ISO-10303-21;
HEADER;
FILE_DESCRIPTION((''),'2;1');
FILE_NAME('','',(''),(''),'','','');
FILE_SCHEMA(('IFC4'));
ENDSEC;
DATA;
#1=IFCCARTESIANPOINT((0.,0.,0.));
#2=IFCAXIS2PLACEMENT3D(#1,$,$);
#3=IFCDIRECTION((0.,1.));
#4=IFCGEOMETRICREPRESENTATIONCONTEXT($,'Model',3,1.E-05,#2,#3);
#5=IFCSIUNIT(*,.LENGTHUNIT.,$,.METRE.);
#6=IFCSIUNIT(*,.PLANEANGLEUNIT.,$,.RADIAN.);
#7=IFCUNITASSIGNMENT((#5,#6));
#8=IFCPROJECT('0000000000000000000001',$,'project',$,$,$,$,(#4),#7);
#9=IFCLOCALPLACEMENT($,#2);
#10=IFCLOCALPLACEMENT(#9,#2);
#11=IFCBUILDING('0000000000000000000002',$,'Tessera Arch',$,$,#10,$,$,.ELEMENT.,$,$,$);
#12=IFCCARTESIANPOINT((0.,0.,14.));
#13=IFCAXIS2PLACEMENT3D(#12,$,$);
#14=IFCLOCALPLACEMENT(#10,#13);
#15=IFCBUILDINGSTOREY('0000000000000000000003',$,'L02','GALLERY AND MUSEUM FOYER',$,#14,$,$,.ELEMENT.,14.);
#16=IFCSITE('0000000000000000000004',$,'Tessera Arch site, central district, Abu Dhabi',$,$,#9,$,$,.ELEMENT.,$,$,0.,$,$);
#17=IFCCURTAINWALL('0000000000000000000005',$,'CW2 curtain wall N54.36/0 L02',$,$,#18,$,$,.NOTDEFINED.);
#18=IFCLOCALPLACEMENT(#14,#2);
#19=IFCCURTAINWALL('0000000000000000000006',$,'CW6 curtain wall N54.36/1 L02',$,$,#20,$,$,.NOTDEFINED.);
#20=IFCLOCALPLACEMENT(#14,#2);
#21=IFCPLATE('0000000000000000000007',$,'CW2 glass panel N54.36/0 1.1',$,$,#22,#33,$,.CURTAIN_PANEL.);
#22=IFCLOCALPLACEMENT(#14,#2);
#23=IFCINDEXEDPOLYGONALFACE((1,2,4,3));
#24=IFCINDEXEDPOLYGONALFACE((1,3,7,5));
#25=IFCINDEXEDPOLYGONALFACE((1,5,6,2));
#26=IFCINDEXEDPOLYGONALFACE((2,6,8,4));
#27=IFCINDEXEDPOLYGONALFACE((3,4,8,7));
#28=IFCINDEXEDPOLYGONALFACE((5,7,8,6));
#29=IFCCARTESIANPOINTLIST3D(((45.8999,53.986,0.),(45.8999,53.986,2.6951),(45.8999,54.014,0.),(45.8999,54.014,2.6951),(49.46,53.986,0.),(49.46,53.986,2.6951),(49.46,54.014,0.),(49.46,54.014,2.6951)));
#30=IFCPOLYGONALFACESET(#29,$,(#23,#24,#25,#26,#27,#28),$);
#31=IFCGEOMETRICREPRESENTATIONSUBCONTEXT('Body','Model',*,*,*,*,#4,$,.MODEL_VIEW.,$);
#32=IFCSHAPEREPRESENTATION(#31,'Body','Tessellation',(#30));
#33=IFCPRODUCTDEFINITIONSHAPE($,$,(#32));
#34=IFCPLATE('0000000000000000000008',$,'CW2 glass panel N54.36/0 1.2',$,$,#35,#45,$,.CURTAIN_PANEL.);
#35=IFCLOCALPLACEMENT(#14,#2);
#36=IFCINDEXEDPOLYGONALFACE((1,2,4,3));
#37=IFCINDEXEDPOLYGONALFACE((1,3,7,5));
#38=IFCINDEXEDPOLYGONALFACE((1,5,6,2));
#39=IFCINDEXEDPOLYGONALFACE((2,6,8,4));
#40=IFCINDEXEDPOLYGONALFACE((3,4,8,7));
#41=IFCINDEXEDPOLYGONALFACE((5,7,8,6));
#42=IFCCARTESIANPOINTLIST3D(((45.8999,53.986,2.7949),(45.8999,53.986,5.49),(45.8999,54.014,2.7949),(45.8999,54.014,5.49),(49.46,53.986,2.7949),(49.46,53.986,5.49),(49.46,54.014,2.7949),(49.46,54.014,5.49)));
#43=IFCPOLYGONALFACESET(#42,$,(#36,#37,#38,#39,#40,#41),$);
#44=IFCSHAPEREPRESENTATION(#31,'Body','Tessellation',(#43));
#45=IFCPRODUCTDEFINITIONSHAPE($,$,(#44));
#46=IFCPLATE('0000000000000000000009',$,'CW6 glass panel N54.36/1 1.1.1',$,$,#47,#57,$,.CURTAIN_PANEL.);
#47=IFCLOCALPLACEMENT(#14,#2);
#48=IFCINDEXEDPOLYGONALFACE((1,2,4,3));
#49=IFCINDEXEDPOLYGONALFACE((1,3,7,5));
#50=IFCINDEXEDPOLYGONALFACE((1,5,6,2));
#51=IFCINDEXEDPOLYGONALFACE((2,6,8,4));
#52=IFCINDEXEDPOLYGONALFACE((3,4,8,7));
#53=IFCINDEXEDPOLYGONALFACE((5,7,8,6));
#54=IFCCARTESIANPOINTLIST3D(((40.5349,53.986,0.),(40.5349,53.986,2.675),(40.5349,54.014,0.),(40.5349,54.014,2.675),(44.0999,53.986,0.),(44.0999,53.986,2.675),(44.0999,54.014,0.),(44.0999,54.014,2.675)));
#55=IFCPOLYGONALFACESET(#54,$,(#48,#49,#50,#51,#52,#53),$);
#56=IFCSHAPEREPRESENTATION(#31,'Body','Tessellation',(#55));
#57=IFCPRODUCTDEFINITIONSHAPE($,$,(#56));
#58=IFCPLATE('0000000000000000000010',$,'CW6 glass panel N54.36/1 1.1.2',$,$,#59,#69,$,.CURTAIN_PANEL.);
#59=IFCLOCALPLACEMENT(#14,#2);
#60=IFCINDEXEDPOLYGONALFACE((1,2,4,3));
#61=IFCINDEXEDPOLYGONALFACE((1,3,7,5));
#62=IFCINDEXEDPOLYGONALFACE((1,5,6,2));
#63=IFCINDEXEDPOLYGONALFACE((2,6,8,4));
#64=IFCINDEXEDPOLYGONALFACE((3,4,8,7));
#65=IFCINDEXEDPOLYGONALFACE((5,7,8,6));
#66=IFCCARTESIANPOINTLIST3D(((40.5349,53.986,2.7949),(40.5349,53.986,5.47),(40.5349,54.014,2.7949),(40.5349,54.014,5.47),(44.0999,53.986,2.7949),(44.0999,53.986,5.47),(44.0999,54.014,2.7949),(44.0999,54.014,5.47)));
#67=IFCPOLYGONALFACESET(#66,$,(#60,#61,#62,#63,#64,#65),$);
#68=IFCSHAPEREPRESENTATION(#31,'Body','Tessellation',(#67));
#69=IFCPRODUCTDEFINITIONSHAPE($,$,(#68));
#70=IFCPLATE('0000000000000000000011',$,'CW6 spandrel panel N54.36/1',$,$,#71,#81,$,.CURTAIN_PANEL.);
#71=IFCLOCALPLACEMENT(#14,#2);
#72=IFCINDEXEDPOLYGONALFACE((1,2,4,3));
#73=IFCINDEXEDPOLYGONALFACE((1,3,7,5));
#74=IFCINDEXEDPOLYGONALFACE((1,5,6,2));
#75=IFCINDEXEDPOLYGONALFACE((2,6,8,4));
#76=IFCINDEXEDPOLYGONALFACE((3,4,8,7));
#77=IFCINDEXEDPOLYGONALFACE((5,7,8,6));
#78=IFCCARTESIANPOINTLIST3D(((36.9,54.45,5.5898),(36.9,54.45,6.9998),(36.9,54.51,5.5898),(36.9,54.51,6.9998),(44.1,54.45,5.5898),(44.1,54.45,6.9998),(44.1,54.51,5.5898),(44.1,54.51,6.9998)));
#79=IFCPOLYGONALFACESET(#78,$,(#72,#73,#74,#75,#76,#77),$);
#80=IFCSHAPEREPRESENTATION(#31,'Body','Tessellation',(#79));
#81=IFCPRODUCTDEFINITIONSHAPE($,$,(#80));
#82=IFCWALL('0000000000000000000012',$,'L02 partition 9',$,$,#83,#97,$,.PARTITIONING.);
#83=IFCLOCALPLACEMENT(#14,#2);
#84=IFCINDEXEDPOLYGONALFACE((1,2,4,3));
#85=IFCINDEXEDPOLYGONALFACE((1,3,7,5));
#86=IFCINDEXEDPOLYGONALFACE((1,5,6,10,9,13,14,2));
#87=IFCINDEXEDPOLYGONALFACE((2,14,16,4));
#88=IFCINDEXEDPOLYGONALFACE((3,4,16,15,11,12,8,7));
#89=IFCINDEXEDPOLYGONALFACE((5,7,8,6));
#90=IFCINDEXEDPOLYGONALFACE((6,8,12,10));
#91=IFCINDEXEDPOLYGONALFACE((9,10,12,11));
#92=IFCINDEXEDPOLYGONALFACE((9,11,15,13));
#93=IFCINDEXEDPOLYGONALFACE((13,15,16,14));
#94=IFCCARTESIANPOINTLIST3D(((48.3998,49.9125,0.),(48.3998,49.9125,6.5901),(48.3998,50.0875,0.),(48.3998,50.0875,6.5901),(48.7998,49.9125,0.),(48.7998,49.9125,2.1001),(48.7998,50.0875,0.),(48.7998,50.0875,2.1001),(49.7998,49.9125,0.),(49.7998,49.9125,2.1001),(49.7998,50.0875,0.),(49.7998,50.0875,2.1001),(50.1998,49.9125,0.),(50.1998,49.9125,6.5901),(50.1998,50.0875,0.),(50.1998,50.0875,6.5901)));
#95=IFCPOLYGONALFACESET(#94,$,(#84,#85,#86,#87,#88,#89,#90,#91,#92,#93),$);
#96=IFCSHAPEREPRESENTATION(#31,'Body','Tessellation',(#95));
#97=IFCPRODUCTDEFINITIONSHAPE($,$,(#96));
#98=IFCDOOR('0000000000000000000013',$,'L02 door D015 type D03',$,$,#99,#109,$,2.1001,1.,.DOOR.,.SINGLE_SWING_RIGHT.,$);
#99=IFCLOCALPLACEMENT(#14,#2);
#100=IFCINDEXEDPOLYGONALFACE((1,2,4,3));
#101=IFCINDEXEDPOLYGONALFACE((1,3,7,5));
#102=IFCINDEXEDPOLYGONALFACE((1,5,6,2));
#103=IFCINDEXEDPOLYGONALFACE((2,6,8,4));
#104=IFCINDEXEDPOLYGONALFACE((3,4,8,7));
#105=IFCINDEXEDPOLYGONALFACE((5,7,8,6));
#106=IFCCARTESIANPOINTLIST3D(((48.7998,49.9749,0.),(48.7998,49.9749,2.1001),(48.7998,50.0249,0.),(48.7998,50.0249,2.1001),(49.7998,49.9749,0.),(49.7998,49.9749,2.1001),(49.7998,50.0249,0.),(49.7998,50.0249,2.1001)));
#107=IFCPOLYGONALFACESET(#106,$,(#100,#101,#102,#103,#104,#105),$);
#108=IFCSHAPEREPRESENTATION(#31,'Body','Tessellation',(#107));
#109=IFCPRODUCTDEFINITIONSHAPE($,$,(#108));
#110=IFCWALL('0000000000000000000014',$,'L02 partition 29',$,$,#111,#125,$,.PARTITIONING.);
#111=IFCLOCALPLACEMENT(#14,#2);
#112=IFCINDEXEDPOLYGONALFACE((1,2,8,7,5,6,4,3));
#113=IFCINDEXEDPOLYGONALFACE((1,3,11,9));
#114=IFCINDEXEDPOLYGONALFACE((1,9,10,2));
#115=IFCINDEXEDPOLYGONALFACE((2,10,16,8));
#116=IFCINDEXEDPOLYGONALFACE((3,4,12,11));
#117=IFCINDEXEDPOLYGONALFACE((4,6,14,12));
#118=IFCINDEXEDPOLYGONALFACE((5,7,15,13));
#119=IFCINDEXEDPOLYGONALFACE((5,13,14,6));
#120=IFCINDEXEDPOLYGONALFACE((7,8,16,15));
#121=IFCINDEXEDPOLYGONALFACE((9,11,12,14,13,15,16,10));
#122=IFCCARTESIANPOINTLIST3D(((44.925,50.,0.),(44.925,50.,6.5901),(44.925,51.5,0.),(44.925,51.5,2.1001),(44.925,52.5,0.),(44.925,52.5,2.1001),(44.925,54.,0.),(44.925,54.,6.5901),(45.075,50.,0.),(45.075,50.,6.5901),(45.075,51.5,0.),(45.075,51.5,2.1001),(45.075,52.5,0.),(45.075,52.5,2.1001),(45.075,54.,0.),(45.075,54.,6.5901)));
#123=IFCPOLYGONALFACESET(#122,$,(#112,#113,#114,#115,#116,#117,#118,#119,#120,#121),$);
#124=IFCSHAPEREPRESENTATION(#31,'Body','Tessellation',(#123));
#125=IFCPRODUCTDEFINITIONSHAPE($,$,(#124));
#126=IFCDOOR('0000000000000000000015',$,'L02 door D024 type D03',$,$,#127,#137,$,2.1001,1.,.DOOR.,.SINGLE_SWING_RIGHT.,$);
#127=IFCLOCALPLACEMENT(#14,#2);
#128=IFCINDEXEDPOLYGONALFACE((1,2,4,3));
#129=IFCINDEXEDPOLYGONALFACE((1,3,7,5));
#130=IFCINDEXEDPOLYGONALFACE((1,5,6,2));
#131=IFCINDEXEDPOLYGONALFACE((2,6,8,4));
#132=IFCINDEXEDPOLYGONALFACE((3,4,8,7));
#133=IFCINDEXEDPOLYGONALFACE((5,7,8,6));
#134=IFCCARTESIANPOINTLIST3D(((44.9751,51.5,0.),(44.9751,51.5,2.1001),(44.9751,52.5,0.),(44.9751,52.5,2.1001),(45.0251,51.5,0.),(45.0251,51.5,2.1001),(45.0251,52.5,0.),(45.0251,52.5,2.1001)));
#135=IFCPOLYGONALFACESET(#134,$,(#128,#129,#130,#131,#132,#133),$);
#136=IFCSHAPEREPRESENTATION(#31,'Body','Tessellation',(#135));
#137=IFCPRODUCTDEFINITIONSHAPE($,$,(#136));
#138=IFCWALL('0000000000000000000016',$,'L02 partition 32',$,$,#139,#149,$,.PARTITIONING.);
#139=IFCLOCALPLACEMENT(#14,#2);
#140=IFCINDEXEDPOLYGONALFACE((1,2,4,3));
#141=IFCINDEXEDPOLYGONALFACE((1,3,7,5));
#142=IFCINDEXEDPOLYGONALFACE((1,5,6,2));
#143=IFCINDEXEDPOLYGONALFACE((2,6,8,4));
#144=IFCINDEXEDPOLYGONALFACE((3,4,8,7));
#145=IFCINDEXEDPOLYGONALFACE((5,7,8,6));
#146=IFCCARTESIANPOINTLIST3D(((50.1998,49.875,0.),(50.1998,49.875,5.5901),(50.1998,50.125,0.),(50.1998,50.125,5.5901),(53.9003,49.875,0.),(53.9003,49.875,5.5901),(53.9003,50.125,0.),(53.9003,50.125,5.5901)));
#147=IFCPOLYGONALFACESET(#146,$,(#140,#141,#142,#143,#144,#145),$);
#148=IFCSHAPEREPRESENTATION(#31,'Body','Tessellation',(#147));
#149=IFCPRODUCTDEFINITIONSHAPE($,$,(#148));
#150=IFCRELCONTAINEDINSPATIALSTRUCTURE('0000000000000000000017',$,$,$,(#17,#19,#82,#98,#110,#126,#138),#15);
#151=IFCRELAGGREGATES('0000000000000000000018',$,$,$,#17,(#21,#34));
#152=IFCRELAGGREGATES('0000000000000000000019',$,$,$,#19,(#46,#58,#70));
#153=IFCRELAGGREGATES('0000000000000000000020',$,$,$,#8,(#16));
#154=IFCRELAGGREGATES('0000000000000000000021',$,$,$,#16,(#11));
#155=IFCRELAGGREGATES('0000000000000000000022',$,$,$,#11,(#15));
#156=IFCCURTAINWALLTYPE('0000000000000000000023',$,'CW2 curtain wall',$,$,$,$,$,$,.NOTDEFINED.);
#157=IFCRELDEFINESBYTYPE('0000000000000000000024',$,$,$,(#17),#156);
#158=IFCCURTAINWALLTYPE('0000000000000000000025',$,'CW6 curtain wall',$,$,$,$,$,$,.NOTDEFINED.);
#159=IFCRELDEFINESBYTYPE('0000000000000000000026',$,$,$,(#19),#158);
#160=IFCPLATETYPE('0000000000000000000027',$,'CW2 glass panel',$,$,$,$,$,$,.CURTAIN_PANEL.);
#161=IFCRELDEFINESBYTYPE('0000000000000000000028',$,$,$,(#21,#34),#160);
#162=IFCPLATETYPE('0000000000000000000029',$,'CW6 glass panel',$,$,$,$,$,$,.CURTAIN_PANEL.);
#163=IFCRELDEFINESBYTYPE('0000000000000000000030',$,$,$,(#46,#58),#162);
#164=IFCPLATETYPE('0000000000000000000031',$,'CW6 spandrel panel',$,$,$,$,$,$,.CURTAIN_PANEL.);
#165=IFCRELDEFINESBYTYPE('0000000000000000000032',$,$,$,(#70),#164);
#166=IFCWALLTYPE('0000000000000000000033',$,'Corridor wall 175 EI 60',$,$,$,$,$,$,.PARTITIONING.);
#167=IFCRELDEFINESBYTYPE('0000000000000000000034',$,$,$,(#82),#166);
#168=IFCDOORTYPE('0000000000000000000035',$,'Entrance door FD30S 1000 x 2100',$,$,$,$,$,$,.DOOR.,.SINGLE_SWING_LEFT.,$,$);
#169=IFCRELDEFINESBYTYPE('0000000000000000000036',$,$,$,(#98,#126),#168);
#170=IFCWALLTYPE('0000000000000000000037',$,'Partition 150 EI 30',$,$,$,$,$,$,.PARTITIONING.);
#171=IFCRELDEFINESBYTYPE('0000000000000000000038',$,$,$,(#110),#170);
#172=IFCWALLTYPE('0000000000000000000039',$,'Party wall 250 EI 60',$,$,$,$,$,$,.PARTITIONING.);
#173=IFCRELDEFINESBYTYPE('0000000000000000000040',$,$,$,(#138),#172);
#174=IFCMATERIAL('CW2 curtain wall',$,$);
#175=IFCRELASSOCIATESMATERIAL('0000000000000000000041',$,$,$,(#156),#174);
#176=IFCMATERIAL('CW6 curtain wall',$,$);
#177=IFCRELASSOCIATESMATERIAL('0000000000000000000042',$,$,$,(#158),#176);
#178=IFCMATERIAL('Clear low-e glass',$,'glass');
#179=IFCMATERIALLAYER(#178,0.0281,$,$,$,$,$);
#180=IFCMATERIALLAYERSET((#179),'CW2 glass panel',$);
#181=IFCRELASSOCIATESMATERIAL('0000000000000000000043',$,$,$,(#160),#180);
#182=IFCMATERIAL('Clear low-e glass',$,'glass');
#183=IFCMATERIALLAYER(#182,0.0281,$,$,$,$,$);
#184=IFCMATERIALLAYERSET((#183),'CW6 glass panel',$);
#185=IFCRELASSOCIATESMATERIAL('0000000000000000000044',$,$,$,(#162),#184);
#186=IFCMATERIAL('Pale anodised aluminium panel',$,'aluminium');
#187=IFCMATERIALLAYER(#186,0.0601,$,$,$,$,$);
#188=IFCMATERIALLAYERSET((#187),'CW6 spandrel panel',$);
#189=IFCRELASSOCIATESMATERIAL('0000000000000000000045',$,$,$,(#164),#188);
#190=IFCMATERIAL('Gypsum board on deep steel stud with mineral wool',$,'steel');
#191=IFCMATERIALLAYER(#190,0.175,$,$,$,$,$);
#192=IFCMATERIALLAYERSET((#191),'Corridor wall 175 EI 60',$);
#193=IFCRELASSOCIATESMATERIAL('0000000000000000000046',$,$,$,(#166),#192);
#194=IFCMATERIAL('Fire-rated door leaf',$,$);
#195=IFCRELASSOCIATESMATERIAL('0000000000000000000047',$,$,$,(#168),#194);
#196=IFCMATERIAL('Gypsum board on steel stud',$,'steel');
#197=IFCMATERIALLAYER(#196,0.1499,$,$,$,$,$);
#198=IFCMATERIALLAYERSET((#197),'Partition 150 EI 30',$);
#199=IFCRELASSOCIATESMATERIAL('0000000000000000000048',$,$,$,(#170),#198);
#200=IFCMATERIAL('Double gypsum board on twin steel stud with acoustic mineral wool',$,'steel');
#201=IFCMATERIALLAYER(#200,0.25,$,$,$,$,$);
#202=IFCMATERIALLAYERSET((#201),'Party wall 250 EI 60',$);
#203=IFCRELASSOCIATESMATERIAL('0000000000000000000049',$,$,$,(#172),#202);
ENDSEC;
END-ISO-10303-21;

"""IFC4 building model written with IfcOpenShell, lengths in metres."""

from ifc_helpers import new_model, si_unit, direction, frame, frame_2d, origin, origin_2d, place, context, subcontext, project, spatial, rectangle, extrude, material, layer, layer_set, type_object, element, fill, aggregate, save


model = new_model("IFC4")

# Units and contexts
model_context = context("Model", 3, precision=1e-05, world=origin(), true_north=direction((0.0, 1.0)))
body_context = subcontext(model_context, "Body", "Model", "MODEL_VIEW")
ifc_project = project(units=[si_unit("LENGTHUNIT", "METRE"), si_unit("PLANEANGLEUNIT", "RADIAN")], contexts=[model_context])

# Site, building, storey
site_placement = place(None, origin())
site = spatial("IfcSite", under=ifc_project, at=site_placement, Name="Tessera Arch site, central district, Abu Dhabi", CompositionType="ELEMENT", RefElevation=0.0)
building_placement = place(site_placement, origin())
building = spatial("IfcBuilding", under=site, at=building_placement, Name="Tessera Arch", CompositionType="ELEMENT")
storey_placement = place(building_placement, frame((0.0, 0.0, 14.0)))
storey = spatial("IfcBuildingStorey", under=building, at=storey_placement, Name="L02", Description="GALLERY AND MUSEUM FOYER", CompositionType="ELEMENT", Elevation=14.0)

# Curtain wall
ifc_material_1 = material(Name="CW2 curtain wall")
curtain_wall_type_1 = type_object("IfcCurtainWallType", Name="CW2 curtain wall", PredefinedType="NOTDEFINED", material=ifc_material_1)
curtain_wall_1_placement = place(storey_placement, origin())
curtain_wall_1 = element("IfcCurtainWall", 1, at=curtain_wall_1_placement, inside=storey, type_object=curtain_wall_type_1, Name="CW2 curtain wall N54.36/0 L02", PredefinedType="NOTDEFINED")

# Curtain wall
ifc_material_2 = material(Name="CW6 curtain wall")
curtain_wall_type_2 = type_object("IfcCurtainWallType", Name="CW6 curtain wall", PredefinedType="NOTDEFINED", material=ifc_material_2)
curtain_wall_2_placement = place(storey_placement, origin())
curtain_wall_2 = element("IfcCurtainWall", 2, at=curtain_wall_2_placement, inside=storey, type_object=curtain_wall_type_2, Name="CW6 curtain wall N54.36/1 L02", PredefinedType="NOTDEFINED")

# Plates
ifc_material_3 = material(Name="Clear low-e glass", Category="glass")
ifc_layer_1 = layer(ifc_material_3, 0.0281)
ifc_layer_set_1 = layer_set([ifc_layer_1], Name="CW2 glass panel")
plate_type_1 = type_object("IfcPlateType", Name="CW2 glass panel", PredefinedType="CURTAIN_PANEL", material=ifc_layer_set_1)
plate_1_placement = place(storey_placement, frame((47.6799, 54.0, 0.0), z_axis=(0.0, 0.0, 1.0), x_axis=(-1.0, 0.0, 0.0)))
plate_1 = element("IfcPlate", 3, at=plate_1_placement, type_object=plate_type_1, Name="CW2 glass panel N54.36/0 1.1", PredefinedType="CURTAIN_PANEL", context=body_context, shape_type="SweptSolid", body=[
    extrude(rectangle(XDim=3.5601, YDim=0.0281, at=origin_2d()), origin(), (0.0, 0.0, 1.0), 2.6951),
])
plate_2_placement = place(storey_placement, frame((47.6799, 54.0, 2.7949), z_axis=(0.0, 0.0, 1.0), x_axis=(-1.0, 0.0, 0.0)))
plate_2 = element("IfcPlate", 4, at=plate_2_placement, type_object=plate_type_1, Name="CW2 glass panel N54.36/0 1.2", PredefinedType="CURTAIN_PANEL", context=body_context, shape_type="SweptSolid", body=[
    extrude(rectangle(XDim=3.5601, YDim=0.0281, at=origin_2d()), origin(), (0.0, 0.0, 1.0), 2.6951),
])
aggregate(curtain_wall_1, [plate_1, plate_2])
ifc_material_4 = material(Name="Clear low-e glass", Category="glass")
ifc_layer_2 = layer(ifc_material_4, 0.0281)
ifc_layer_set_2 = layer_set([ifc_layer_2], Name="CW6 glass panel")
plate_type_2 = type_object("IfcPlateType", Name="CW6 glass panel", PredefinedType="CURTAIN_PANEL", material=ifc_layer_set_2)
plate_3_placement = place(storey_placement, frame((42.3174, 54.0, 0.0), z_axis=(0.0, 0.0, 1.0), x_axis=(-1.0, 0.0, 0.0)))
plate_3 = element("IfcPlate", 5, at=plate_3_placement, type_object=plate_type_2, Name="CW6 glass panel N54.36/1 1.1.1", PredefinedType="CURTAIN_PANEL", context=body_context, shape_type="SweptSolid", body=[
    extrude(rectangle(XDim=3.5649, YDim=0.0281, at=origin_2d()), origin(), (0.0, 0.0, 1.0), 2.675),
])
plate_4_placement = place(storey_placement, frame((42.3174, 54.0, 2.7949), z_axis=(0.0, 0.0, 1.0), x_axis=(-1.0, 0.0, 0.0)))
plate_4 = element("IfcPlate", 6, at=plate_4_placement, type_object=plate_type_2, Name="CW6 glass panel N54.36/1 1.1.2", PredefinedType="CURTAIN_PANEL", context=body_context, shape_type="SweptSolid", body=[
    extrude(rectangle(XDim=3.5649, YDim=0.0281, at=origin_2d()), origin(), (0.0, 0.0, 1.0), 2.675),
])
ifc_material_5 = material(Name="Pale anodised aluminium panel", Category="aluminium")
ifc_layer_3 = layer(ifc_material_5, 0.0601)
ifc_layer_set_3 = layer_set([ifc_layer_3], Name="CW6 spandrel panel")
plate_type_3 = type_object("IfcPlateType", Name="CW6 spandrel panel", PredefinedType="CURTAIN_PANEL", material=ifc_layer_set_3)
plate_5_placement = place(storey_placement, frame((40.5, 54.48, 5.5898), z_axis=(0.0, 0.0, 1.0), x_axis=(-1.0, 0.0, 0.0)))
plate_5 = element("IfcPlate", 7, at=plate_5_placement, type_object=plate_type_3, Name="CW6 spandrel panel N54.36/1", PredefinedType="CURTAIN_PANEL", context=body_context, shape_type="SweptSolid", body=[
    extrude(rectangle(XDim=7.2, YDim=0.0601, at=origin_2d()), origin(), (0.0, 0.0, 1.0), 1.4099),
])
aggregate(curtain_wall_2, [plate_3, plate_4, plate_5])

# Walls, openings, doors
ifc_material_6 = material(Name="Gypsum board on deep steel stud with mineral wool", Category="steel")
ifc_layer_4 = layer(ifc_material_6, 0.175)
ifc_layer_set_4 = layer_set([ifc_layer_4], Name="Corridor wall 175 EI 60")
wall_type_1 = type_object("IfcWallType", Name="Corridor wall 175 EI 60", PredefinedType="PARTITIONING", material=ifc_layer_set_4)
wall_1_placement = place(storey_placement, frame((48.3999, 50.0, 0.0), z_axis=(0.0, 0.0, 1.0), x_axis=(1.0, 0.0, 0.0)))
wall_1 = element("IfcWall", 8, at=wall_1_placement, inside=storey, type_object=wall_type_1, Name="L02 partition 9", PredefinedType="PARTITIONING", context=body_context, shape_type="SweptSolid", body=[
    extrude(rectangle(XDim=1.8, YDim=0.175, at=frame_2d((0.8999, 0.0))), origin(), (0.0, 0.0, 1.0), 6.5901),
])
opening_1_placement = place(wall_1_placement, frame((0.3999, 0.0, 0.0)))
opening_1 = element("IfcOpeningElement", 9, at=opening_1_placement, cuts=wall_1, PredefinedType="OPENING", context=body_context, shape_type="SweptSolid", body=[
    extrude(rectangle(XDim=1.0, YDim=2.1001, at=frame_2d((0.5, 1.05))), frame((0.0, 0.0974, 0.0), z_axis=(0.0, -1.0, 0.0), x_axis=(1.0, 0.0, 0.0)), (0.0, 0.0, 1.0), 0.1951),
])
ifc_material_7 = material(Name="Fire-rated door leaf")
door_type = type_object("IfcDoorType", Name="Entrance door FD30S 1000 x 2100", OperationType="SINGLE_SWING_LEFT", PredefinedType="DOOR", material=ifc_material_7)
door_1_placement = place(opening_1_placement, origin())
door_1 = element("IfcDoor", 10, at=door_1_placement, inside=storey, type_object=door_type, Name="L02 door D015 type D03", OperationType="SINGLE_SWING_RIGHT", OverallHeight=2.1001, OverallWidth=1.0, PredefinedType="DOOR", context=body_context, shape_type="SweptSolid", body=[
    extrude(rectangle(XDim=1.0, YDim=2.1001, at=frame_2d((0.5, 1.05))), frame((0.0, 0.0249, 0.0), z_axis=(0.0, -1.0, 0.0), x_axis=(1.0, 0.0, 0.0)), (0.0, 0.0, 1.0), 0.05),
])
fill(opening_1, door_1)
ifc_material_8 = material(Name="Gypsum board on steel stud", Category="steel")
ifc_layer_5 = layer(ifc_material_8, 0.1499)
ifc_layer_set_5 = layer_set([ifc_layer_5], Name="Partition 150 EI 30")
wall_type_2 = type_object("IfcWallType", Name="Partition 150 EI 30", PredefinedType="PARTITIONING", material=ifc_layer_set_5)
wall_2_placement = place(storey_placement, frame((45.0, 50.0, 0.0), z_axis=(0.0, 0.0, 1.0), x_axis=(0.0, 1.0, 0.0)))
wall_2 = element("IfcWall", 11, at=wall_2_placement, inside=storey, type_object=wall_type_2, Name="L02 partition 29", PredefinedType="PARTITIONING", context=body_context, shape_type="SweptSolid", body=[
    extrude(rectangle(XDim=4.0, YDim=0.1499, at=frame_2d((2.0, 0.0))), origin(), (0.0, 0.0, 1.0), 6.5901),
])
opening_2_placement = place(wall_2_placement, frame((1.5, 0.0, 0.0)))
opening_2 = element("IfcOpeningElement", 12, at=opening_2_placement, cuts=wall_2, PredefinedType="OPENING", context=body_context, shape_type="SweptSolid", body=[
    extrude(rectangle(XDim=1.0, YDim=2.1001, at=frame_2d((0.5, 1.05))), frame((0.0, 0.085, 0.0), z_axis=(0.0, -1.0, 0.0), x_axis=(1.0, 0.0, 0.0)), (0.0, 0.0, 1.0), 0.1699),
])
door_2_placement = place(opening_2_placement, origin())
door_2 = element("IfcDoor", 13, at=door_2_placement, inside=storey, type_object=door_type, Name="L02 door D024 type D03", OperationType="SINGLE_SWING_RIGHT", OverallHeight=2.1001, OverallWidth=1.0, PredefinedType="DOOR", context=body_context, shape_type="SweptSolid", body=[
    extrude(rectangle(XDim=1.0, YDim=2.1001, at=frame_2d((0.5, 1.05))), frame((0.0, 0.0249, 0.0), z_axis=(0.0, -1.0, 0.0), x_axis=(1.0, 0.0, 0.0)), (0.0, 0.0, 1.0), 0.05),
])
fill(opening_2, door_2)

# Wall
ifc_material_9 = material(Name="Double gypsum board on twin steel stud with acoustic mineral wool", Category="steel")
ifc_layer_6 = layer(ifc_material_9, 0.25)
ifc_layer_set_6 = layer_set([ifc_layer_6], Name="Party wall 250 EI 60")
wall_type_3 = type_object("IfcWallType", Name="Party wall 250 EI 60", PredefinedType="PARTITIONING", material=ifc_layer_set_6)
wall_3_placement = place(storey_placement, frame((50.2, 50.0, 0.0), z_axis=(0.0, 0.0, 1.0), x_axis=(1.0, 0.0, 0.0)))
element("IfcWall", 14, at=wall_3_placement, inside=storey, type_object=wall_type_3, Name="L02 partition 32", PredefinedType="PARTITIONING", context=body_context, shape_type="SweptSolid", body=[
    extrude(rectangle(XDim=3.7004, YDim=0.25, at=frame_2d((1.8501, 0.0))), origin(), (0.0, 0.0, 1.0), 5.5901),
])

save(model, "model.ifc")
